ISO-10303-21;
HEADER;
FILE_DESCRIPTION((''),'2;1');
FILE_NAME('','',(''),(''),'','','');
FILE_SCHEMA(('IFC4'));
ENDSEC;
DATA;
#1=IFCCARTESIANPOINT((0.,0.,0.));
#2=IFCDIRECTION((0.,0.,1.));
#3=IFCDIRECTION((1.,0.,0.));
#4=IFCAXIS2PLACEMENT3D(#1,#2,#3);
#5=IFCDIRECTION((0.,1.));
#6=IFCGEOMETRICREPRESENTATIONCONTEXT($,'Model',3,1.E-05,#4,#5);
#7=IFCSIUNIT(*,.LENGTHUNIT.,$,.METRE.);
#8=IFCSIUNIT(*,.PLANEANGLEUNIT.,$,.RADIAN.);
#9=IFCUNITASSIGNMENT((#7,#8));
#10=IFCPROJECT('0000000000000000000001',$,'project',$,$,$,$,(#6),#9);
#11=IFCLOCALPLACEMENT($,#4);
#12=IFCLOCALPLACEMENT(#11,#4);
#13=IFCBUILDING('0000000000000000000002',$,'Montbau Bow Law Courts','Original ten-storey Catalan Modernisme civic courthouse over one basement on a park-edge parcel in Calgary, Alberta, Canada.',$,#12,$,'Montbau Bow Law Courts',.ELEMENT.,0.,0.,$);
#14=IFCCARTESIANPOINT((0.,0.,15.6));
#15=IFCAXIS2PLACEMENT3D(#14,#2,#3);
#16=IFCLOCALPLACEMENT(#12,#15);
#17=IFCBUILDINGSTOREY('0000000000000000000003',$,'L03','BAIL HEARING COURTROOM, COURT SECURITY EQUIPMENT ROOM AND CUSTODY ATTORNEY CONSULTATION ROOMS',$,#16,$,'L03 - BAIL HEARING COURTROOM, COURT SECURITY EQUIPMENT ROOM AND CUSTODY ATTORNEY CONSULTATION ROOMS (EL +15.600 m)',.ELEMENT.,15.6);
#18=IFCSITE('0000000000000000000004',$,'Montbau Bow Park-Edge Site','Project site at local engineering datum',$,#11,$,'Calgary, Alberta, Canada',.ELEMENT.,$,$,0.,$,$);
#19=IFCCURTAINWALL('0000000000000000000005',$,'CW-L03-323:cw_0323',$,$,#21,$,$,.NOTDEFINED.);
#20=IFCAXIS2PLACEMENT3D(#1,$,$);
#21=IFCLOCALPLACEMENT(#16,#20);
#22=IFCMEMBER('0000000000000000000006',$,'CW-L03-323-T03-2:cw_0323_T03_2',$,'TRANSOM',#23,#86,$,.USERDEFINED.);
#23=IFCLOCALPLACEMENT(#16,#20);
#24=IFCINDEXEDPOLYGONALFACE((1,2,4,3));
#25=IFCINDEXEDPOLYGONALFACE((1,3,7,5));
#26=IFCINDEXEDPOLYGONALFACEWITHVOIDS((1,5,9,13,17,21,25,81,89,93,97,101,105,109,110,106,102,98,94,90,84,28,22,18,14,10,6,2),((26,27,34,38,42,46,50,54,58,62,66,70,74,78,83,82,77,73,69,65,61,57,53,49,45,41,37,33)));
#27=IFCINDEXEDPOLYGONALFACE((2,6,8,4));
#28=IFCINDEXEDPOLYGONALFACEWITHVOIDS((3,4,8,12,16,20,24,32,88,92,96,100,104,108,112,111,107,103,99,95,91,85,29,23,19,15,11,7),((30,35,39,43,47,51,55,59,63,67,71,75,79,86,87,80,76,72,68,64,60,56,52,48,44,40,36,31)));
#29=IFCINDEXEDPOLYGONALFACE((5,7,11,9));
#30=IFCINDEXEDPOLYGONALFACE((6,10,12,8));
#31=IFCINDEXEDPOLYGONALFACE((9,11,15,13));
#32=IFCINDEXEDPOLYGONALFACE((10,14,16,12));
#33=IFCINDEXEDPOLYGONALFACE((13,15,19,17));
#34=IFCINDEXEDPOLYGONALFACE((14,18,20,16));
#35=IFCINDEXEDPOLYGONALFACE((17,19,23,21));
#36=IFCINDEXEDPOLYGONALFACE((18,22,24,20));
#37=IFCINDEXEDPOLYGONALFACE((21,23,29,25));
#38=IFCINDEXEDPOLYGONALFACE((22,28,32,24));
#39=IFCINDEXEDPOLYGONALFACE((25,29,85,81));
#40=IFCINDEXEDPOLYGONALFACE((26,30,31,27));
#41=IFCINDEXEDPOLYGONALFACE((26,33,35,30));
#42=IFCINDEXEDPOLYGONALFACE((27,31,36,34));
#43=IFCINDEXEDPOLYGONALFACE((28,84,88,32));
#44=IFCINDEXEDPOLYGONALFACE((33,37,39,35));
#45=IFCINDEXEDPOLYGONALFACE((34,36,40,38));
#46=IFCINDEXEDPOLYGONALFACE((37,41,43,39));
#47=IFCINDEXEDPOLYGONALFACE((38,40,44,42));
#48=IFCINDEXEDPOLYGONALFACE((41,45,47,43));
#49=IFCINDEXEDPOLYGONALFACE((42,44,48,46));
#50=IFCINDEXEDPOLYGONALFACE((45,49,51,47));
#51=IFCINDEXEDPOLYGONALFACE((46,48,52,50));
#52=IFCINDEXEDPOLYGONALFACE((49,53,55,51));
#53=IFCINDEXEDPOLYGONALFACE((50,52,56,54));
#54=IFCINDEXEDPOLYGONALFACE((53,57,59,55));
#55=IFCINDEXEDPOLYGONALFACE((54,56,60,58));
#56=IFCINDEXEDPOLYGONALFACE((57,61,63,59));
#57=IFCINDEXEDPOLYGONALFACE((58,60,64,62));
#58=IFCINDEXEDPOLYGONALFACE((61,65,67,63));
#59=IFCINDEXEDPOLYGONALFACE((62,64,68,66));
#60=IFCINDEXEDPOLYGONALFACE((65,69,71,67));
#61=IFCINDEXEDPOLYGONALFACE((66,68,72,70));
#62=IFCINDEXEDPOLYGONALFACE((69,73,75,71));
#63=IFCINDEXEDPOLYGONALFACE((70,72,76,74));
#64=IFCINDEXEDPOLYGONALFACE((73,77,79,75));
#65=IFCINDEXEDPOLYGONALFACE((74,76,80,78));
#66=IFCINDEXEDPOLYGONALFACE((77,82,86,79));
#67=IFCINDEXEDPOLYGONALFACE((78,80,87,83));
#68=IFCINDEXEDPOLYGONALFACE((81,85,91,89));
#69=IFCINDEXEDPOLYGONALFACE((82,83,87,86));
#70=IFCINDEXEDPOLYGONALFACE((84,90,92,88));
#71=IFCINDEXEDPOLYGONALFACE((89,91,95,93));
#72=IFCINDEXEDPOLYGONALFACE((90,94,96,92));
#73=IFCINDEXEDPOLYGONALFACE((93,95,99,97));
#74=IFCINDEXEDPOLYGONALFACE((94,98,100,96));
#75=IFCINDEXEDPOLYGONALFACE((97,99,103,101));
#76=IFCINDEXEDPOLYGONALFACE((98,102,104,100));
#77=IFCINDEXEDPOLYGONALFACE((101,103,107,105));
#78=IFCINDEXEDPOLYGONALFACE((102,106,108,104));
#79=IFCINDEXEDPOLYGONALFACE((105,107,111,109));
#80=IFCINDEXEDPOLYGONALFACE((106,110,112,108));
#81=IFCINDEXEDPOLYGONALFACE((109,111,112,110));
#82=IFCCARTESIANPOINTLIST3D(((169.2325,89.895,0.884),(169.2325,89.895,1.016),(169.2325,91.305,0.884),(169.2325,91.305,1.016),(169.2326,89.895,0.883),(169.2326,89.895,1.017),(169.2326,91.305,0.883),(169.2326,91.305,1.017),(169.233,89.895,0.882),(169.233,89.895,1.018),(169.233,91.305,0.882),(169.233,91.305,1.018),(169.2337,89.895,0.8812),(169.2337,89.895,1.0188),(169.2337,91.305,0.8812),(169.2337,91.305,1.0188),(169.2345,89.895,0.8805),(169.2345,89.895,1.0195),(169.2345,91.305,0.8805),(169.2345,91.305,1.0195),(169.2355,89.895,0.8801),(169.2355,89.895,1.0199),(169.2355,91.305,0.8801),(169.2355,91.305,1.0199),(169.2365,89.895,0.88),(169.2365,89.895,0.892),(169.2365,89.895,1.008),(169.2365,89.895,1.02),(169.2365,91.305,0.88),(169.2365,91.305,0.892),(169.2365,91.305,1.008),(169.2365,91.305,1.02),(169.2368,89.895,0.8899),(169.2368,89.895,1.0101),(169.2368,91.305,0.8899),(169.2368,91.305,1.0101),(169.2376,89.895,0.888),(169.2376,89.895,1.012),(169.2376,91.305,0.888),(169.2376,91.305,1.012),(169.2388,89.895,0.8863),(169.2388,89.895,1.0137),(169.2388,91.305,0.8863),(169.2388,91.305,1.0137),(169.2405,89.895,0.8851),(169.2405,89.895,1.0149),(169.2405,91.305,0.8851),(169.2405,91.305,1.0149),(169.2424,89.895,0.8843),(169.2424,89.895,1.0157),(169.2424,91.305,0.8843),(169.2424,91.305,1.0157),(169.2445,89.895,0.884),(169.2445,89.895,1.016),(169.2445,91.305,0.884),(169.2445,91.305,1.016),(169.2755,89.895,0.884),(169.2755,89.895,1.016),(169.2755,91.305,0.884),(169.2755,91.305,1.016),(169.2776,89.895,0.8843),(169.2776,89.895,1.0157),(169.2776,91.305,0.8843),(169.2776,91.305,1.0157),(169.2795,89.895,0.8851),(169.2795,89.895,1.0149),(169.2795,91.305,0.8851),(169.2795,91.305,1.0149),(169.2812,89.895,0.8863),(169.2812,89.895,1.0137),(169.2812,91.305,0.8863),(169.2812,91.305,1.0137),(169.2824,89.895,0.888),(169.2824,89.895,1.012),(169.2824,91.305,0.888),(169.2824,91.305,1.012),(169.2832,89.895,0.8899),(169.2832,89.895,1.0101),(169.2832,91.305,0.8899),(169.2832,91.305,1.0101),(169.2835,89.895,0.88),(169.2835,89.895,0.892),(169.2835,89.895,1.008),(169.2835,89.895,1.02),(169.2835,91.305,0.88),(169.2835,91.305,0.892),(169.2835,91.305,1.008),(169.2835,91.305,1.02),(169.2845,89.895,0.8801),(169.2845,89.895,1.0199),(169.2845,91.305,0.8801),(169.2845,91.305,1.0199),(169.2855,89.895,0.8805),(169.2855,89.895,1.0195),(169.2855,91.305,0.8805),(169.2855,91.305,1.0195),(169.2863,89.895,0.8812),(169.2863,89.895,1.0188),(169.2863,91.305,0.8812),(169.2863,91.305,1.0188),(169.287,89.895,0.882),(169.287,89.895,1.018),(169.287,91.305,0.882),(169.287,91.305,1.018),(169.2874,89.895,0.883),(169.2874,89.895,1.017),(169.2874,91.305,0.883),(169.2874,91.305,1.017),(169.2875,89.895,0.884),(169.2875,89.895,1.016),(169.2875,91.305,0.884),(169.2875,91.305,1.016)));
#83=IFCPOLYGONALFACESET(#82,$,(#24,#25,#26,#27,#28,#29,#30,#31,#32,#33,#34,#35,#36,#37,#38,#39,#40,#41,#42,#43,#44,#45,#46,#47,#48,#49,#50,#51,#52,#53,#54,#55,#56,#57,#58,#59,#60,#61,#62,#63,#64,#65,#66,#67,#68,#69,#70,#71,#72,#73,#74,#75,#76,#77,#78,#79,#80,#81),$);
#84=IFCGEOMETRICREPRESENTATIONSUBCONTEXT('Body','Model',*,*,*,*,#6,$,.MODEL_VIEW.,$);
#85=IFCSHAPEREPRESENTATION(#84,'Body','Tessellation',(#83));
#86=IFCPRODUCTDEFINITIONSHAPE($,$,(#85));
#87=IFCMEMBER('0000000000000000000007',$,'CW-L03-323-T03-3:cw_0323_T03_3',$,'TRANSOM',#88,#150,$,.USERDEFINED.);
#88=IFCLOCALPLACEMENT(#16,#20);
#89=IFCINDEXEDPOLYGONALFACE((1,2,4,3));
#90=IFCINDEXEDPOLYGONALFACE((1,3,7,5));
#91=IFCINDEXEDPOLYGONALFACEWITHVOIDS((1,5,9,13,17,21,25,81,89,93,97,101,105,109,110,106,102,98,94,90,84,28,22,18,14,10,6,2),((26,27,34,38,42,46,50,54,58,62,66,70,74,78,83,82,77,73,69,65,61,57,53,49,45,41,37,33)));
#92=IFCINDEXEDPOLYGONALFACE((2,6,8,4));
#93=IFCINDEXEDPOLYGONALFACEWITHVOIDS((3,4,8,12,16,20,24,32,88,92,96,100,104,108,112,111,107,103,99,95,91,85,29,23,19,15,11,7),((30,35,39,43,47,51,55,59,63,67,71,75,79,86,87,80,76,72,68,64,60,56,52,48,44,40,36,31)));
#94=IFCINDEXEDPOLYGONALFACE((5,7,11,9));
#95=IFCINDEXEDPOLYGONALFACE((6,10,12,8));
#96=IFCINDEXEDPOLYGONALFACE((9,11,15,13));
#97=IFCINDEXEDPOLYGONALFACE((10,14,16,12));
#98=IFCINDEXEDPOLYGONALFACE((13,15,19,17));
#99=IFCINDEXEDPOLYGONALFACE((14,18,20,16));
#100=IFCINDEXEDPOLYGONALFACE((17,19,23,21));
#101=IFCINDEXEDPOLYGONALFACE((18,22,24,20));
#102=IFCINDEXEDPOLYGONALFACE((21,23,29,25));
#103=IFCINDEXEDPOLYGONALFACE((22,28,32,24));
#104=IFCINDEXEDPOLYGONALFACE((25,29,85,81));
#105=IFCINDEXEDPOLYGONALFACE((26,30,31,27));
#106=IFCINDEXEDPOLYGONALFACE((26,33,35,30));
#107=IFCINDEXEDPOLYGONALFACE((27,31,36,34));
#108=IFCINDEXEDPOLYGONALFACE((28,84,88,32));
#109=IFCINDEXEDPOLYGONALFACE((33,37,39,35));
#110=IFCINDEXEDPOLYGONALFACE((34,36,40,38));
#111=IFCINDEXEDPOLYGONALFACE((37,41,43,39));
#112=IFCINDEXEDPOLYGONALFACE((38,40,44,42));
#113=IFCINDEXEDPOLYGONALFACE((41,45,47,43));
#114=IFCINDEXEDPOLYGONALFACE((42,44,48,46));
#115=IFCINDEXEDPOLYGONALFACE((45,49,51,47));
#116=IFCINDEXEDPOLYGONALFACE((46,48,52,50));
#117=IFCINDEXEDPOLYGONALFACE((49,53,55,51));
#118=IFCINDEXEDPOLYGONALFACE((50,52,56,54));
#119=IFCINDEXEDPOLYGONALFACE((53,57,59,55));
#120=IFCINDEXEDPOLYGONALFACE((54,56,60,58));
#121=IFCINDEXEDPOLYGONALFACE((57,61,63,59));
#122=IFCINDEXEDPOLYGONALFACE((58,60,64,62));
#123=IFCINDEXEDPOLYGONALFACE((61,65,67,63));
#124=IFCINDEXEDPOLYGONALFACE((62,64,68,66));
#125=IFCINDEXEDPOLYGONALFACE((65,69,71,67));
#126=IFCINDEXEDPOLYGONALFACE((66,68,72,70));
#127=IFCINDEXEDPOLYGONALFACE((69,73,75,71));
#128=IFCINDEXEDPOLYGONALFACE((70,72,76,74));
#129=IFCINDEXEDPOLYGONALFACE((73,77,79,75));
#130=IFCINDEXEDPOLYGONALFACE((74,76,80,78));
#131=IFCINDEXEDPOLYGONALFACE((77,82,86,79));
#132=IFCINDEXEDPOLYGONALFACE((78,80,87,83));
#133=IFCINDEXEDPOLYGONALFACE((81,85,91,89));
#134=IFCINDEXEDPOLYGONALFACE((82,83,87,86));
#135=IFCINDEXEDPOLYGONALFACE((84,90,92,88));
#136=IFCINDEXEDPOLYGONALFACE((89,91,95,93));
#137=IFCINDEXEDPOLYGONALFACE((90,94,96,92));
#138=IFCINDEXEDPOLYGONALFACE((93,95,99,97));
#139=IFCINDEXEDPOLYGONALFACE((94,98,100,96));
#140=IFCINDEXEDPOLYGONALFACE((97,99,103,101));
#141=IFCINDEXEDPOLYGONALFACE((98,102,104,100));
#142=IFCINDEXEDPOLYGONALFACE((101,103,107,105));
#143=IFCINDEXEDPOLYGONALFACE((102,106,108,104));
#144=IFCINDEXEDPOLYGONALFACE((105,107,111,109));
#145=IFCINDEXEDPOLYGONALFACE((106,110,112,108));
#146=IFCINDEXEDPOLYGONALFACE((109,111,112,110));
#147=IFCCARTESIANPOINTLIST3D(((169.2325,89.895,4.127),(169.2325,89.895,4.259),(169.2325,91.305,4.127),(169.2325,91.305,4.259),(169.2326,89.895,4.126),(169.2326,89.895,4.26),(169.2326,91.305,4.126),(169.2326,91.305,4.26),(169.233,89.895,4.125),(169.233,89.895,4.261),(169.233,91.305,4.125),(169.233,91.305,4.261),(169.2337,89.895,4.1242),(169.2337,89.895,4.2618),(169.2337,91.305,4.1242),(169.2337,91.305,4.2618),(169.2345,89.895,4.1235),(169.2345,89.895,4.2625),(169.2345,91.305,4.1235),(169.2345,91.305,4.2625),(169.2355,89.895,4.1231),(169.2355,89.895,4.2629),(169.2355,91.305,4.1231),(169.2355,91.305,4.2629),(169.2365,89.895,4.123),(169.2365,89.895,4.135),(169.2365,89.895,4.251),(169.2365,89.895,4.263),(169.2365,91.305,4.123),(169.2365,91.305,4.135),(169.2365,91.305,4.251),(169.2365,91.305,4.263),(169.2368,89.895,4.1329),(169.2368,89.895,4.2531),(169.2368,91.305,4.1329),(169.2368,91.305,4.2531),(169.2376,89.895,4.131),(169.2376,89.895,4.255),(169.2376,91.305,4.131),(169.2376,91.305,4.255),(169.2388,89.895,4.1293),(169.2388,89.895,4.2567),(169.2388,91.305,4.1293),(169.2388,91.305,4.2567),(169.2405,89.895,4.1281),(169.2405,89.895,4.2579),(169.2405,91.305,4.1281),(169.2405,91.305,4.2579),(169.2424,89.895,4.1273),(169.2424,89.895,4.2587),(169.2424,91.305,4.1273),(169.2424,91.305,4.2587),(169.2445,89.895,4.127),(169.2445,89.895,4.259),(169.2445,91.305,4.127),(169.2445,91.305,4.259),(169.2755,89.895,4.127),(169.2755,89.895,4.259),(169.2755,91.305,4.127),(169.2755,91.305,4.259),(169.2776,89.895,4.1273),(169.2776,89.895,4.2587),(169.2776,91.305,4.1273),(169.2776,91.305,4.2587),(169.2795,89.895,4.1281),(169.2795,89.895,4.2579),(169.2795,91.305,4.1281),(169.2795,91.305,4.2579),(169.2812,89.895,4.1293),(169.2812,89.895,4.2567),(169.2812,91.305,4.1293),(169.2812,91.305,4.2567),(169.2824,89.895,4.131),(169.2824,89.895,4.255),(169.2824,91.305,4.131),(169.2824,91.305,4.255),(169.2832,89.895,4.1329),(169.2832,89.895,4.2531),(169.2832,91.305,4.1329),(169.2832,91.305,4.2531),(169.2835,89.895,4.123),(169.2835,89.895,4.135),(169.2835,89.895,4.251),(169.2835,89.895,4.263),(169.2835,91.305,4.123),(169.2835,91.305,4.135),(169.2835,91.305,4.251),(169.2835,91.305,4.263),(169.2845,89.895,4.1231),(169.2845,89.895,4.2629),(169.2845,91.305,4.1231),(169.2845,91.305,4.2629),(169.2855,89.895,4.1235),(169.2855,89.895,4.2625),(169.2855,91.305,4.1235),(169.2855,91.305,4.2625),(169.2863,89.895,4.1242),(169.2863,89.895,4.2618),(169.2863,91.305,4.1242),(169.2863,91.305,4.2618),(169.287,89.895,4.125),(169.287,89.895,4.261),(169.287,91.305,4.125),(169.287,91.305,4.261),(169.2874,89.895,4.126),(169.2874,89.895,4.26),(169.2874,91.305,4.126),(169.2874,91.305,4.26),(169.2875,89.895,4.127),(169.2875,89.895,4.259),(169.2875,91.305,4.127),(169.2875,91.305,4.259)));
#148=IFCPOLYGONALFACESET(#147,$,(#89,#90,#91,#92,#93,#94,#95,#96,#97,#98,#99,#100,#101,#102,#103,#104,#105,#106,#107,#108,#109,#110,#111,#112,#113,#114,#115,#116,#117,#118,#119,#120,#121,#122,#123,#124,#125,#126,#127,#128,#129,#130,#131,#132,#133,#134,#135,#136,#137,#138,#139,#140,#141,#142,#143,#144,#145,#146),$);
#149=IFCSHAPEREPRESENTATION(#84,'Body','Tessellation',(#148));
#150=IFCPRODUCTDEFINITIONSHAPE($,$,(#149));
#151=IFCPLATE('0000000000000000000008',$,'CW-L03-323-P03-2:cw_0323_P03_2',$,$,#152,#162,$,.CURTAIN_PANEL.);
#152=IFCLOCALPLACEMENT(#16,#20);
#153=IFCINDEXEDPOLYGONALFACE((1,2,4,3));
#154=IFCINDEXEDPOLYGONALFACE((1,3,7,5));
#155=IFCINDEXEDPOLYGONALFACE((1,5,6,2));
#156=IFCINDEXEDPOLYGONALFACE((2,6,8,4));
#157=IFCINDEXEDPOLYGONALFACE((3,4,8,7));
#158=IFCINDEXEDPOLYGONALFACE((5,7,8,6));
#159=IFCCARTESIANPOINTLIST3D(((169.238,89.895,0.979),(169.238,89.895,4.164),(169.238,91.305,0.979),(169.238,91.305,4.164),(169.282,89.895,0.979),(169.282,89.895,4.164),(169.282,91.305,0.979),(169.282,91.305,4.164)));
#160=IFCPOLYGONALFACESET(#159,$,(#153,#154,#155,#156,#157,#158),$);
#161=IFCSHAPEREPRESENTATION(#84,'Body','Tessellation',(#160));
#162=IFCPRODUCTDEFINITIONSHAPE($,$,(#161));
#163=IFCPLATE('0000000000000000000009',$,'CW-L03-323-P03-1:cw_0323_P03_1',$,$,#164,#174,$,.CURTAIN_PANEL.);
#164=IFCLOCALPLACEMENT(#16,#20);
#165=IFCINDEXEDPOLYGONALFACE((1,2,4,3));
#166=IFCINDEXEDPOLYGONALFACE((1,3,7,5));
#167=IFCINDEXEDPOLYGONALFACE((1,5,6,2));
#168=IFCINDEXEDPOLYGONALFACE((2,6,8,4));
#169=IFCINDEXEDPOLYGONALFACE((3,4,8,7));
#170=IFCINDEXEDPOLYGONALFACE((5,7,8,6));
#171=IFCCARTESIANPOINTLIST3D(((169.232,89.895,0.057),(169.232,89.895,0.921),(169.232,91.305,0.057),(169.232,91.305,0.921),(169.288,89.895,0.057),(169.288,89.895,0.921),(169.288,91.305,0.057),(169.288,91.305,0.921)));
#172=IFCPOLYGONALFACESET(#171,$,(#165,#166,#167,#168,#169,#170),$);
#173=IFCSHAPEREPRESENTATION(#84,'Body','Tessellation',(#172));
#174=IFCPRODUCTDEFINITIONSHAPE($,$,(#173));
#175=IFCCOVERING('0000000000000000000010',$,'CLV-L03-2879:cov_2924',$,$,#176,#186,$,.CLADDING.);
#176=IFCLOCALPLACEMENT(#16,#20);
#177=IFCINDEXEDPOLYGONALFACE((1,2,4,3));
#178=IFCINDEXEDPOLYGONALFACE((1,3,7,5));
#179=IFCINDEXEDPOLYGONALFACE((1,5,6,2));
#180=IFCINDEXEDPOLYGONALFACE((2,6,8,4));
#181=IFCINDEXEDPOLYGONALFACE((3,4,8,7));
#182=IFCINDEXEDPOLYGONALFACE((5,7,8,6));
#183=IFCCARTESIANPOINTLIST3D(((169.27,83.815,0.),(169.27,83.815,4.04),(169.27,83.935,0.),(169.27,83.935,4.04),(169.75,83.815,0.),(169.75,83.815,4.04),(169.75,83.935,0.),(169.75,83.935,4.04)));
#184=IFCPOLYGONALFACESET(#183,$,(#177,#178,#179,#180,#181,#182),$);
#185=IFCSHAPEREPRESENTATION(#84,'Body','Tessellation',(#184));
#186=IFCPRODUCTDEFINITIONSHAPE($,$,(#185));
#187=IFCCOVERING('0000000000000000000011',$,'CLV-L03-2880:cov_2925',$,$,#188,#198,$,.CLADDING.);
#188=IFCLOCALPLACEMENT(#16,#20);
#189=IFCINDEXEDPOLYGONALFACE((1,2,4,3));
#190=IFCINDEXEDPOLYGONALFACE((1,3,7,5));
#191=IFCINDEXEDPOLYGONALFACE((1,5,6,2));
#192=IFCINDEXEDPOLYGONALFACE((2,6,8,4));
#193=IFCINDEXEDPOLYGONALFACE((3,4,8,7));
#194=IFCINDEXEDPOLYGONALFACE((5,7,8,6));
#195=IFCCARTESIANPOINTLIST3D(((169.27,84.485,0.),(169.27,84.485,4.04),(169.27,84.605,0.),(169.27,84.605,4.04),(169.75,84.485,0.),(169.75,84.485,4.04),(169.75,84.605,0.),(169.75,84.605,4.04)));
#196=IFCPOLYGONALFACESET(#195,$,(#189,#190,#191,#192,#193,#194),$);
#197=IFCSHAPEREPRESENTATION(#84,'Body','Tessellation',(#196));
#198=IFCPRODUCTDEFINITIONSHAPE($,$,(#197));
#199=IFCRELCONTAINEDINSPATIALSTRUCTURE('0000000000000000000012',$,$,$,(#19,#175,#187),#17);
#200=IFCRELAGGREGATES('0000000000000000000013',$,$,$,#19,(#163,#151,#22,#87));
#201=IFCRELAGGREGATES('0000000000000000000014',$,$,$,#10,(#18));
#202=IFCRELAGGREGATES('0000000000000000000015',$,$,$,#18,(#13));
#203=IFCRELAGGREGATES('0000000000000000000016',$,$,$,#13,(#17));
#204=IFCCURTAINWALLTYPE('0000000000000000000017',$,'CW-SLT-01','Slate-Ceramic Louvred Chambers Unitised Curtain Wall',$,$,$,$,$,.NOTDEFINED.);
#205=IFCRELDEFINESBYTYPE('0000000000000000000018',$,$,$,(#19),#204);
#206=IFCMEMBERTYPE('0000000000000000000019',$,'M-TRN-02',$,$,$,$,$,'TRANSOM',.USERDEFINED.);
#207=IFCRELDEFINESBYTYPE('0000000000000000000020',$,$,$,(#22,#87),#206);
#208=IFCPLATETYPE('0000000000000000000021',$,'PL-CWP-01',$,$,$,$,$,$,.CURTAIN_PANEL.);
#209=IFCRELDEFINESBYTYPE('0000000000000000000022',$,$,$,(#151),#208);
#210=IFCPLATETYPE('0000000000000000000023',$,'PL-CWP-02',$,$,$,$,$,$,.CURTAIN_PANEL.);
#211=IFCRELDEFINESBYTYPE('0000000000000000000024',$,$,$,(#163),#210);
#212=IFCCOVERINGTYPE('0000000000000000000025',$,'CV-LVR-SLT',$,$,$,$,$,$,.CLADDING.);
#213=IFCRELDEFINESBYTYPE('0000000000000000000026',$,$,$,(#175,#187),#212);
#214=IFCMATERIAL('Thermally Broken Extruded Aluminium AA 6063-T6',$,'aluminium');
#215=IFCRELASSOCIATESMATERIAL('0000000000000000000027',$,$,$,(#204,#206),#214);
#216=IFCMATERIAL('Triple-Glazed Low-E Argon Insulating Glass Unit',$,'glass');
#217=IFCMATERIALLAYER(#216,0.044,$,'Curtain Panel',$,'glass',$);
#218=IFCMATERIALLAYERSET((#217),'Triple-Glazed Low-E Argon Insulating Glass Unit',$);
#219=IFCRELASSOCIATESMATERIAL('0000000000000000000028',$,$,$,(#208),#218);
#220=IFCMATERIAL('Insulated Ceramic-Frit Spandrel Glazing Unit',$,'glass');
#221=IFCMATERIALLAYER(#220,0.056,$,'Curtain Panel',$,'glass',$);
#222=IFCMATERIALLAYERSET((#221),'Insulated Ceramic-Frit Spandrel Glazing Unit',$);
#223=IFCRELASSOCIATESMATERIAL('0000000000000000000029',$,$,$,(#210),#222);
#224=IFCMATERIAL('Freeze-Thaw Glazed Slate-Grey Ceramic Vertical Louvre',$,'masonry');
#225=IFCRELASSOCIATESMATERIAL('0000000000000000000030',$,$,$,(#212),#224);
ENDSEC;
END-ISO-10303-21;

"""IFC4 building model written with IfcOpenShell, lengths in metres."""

from ifc_helpers import new_model, si_unit, direction, frame, frame_2d, origin_with_axes, origin_2d_with_axis, place, context, subcontext, project, spatial, rectangle, hollow_rectangle, extrude, material, layer, layer_set, material_profile, profile_set, type_object, element, aggregate, save


model = new_model("IFC4")

# Units and contexts
model_context = context("Model", 3, precision=1e-05, world=origin_with_axes(), true_north=direction((0.0, 1.0)))
body_context = subcontext(model_context, "Body", "Model", "MODEL_VIEW")
ifc_project = project(units=[si_unit("LENGTHUNIT", "METRE"), si_unit("PLANEANGLEUNIT", "RADIAN")], contexts=[model_context])

# Site, building, storey
site_placement = place(None, origin_with_axes())
site = spatial("IfcSite", under=ifc_project, at=site_placement, Name="Montbau Bow Park-Edge Site", Description="Project site at local engineering datum", LongName="Calgary, Alberta, Canada", CompositionType="ELEMENT", RefElevation=0.0)
building_placement = place(site_placement, origin_with_axes())
building = spatial("IfcBuilding", under=site, at=building_placement, Name="Montbau Bow Law Courts", Description="Original ten-storey Catalan Modernisme civic courthouse over one basement on a park-edge parcel in Calgary, Alberta, Canada.", LongName="Montbau Bow Law Courts", CompositionType="ELEMENT", ElevationOfRefHeight=0.0, ElevationOfTerrain=0.0)
storey_placement = place(building_placement, frame((0.0, 0.0, 15.6), z_axis=(0.0, 0.0, 1.0), x_axis=(1.0, 0.0, 0.0)))
storey = spatial("IfcBuildingStorey", under=building, at=storey_placement, Name="L03", Description="BAIL HEARING COURTROOM, COURT SECURITY EQUIPMENT ROOM AND CUSTODY ATTORNEY CONSULTATION ROOMS", LongName="L03 - BAIL HEARING COURTROOM, COURT SECURITY EQUIPMENT ROOM AND CUSTODY ATTORNEY CONSULTATION ROOMS (EL +15.600 m)", CompositionType="ELEMENT", Elevation=15.6)

# Curtain wall, members, plates
ifc_material_1 = material(Name="Thermally Broken Extruded Aluminium AA 6063-T6", Category="aluminium")
curtain_wall_type = type_object("IfcCurtainWallType", Name="CW-SLT-01", Description="Slate-Ceramic Louvred Chambers Unitised Curtain Wall", PredefinedType="NOTDEFINED", material=ifc_material_1)
curtain_wall_placement = place(None, frame((169.26, 86.915, 15.6), z_axis=(0.0, 0.0, 1.0), x_axis=(1.0, 0.0, 0.0)))
curtain_wall = element("IfcCurtainWall", 1, at=curtain_wall_placement, inside=storey, type_object=curtain_wall_type, Name="CW-L03-323:cw_0323", PredefinedType="NOTDEFINED")
ifc_material_profile_1 = material_profile(ifc_material_1, hollow_rectangle(XDim=0.055, YDim=0.14, WallThickness=0.004, InnerFilletRadius=0.008, OuterFilletRadius=0.004, at=origin_2d_with_axis()), Name="CWT-140X55", Category="Main", Priority=0)
ifc_profile_set_1 = profile_set([ifc_material_profile_1], Name="Thermally Broken Extruded Aluminium AA 6063-T6")
member_type_1 = type_object("IfcMemberType", Name="M-TRN-02", ElementType="TRANSOM", PredefinedType="USERDEFINED", material=ifc_profile_set_1)
member_1_placement = place(None, frame((169.26, 89.895, 16.55), z_axis=(0.0, 1.0, 0.0), x_axis=(-1.0, 0.0, 0.0)))
member_1 = element("IfcMember", 2, at=member_1_placement, type_object=member_type_1, Name="CW-L03-323-T03-2:cw_0323_T03_2", ObjectType="TRANSOM", PredefinedType="USERDEFINED", context=body_context, shape_type="SweptSolid", body=[
    extrude(hollow_rectangle(XDim=0.055, YDim=0.14, WallThickness=0.004, InnerFilletRadius=0.008, OuterFilletRadius=0.004, at=origin_2d_with_axis()), origin_with_axes(), (0.0, 0.0, 1.0), 1.41),
])
member_2_placement = place(None, frame((169.26, 89.895, 19.793), z_axis=(0.0, 1.0, 0.0), x_axis=(-1.0, 0.0, 0.0)))
member_2 = element("IfcMember", 3, at=member_2_placement, type_object=member_type_1, Name="CW-L03-323-T03-3:cw_0323_T03_3", ObjectType="TRANSOM", PredefinedType="USERDEFINED", context=body_context, shape_type="SweptSolid", body=[
    extrude(hollow_rectangle(XDim=0.055, YDim=0.14, WallThickness=0.004, InnerFilletRadius=0.008, OuterFilletRadius=0.004, at=origin_2d_with_axis()), origin_with_axes(), (0.0, 0.0, 1.0), 1.41),
])
ifc_material_2 = material(Name="Triple-Glazed Low-E Argon Insulating Glass Unit", Category="glass")
ifc_layer_1 = layer(ifc_material_2, 0.044, Name="Curtain Panel", Category="glass")
ifc_layer_set_1 = layer_set([ifc_layer_1], Name="Triple-Glazed Low-E Argon Insulating Glass Unit")
plate_type_1 = type_object("IfcPlateType", Name="PL-CWP-01", PredefinedType="CURTAIN_PANEL", material=ifc_layer_set_1)
plate_1_placement = place(None, frame((169.26, 89.895, 16.579), z_axis=(1.0, 0.0, 0.0), x_axis=(0.0, 1.0, 0.0)))
plate_1 = element("IfcPlate", 4, at=plate_1_placement, type_object=plate_type_1, Name="CW-L03-323-P03-2:cw_0323_P03_2", PredefinedType="CURTAIN_PANEL", context=body_context, shape_type="SweptSolid", body=[
    extrude(rectangle(XDim=1.41, YDim=3.185, at=frame_2d((0.705, 1.5925), x_axis=(1.0, 0.0))), frame((0.0, 0.0, -0.022), z_axis=(0.0, 0.0, 1.0), x_axis=(1.0, 0.0, 0.0)), (0.0, 0.0, 1.0), 0.044),
])
ifc_material_3 = material(Name="Insulated Ceramic-Frit Spandrel Glazing Unit", Category="glass")
ifc_layer_2 = layer(ifc_material_3, 0.056, Name="Curtain Panel", Category="glass")
ifc_layer_set_2 = layer_set([ifc_layer_2], Name="Insulated Ceramic-Frit Spandrel Glazing Unit")
plate_type_2 = type_object("IfcPlateType", Name="PL-CWP-02", PredefinedType="CURTAIN_PANEL", material=ifc_layer_set_2)
plate_2_placement = place(None, frame((169.26, 89.895, 15.657), z_axis=(1.0, 0.0, 0.0), x_axis=(0.0, 1.0, 0.0)))
plate_2 = element("IfcPlate", 5, at=plate_2_placement, type_object=plate_type_2, Name="CW-L03-323-P03-1:cw_0323_P03_1", PredefinedType="CURTAIN_PANEL", context=body_context, shape_type="SweptSolid", body=[
    extrude(rectangle(XDim=1.41, YDim=0.864, at=frame_2d((0.705, 0.432), x_axis=(1.0, 0.0))), frame((0.0, 0.0, -0.028), z_axis=(0.0, 0.0, 1.0), x_axis=(1.0, 0.0, 0.0)), (0.0, 0.0, 1.0), 0.056),
])
aggregate(curtain_wall, [plate_2, plate_1, member_1, member_2])

# Coverings
ifc_material_4 = material(Name="Freeze-Thaw Glazed Slate-Grey Ceramic Vertical Louvre", Category="masonry")
covering_type = type_object("IfcCoveringType", Name="CV-LVR-SLT", PredefinedType="CLADDING", material=ifc_material_4)
for number, where, z_axis, x_axis, name in (
    (6, (169.27, 83.875, 15.6), (0.0, -1.0, 0.0), (1.0, 0.0, 0.0), "CLV-L03-2879:cov_2924"),
    (7, (169.27, 84.545, 15.6), (0.0, -1.0, 0.0), (1.0, 0.0, 0.0), "CLV-L03-2880:cov_2925"),
):
    element("IfcCovering", number, at=place(None, frame(where, z_axis=z_axis, x_axis=x_axis)), inside=storey, type_object=covering_type, Name=name, PredefinedType="CLADDING", context=body_context, shape_type="SweptSolid", body=[
        extrude(rectangle(XDim=0.48, YDim=4.04, at=frame_2d((0.24, 2.02), x_axis=(1.0, 0.0))), frame((0.0, 0.0, -0.06), z_axis=(0.0, 0.0, 1.0), x_axis=(1.0, 0.0, 0.0)), (0.0, 0.0, 1.0), 0.12),
    ])

save(model, "model.ifc")
